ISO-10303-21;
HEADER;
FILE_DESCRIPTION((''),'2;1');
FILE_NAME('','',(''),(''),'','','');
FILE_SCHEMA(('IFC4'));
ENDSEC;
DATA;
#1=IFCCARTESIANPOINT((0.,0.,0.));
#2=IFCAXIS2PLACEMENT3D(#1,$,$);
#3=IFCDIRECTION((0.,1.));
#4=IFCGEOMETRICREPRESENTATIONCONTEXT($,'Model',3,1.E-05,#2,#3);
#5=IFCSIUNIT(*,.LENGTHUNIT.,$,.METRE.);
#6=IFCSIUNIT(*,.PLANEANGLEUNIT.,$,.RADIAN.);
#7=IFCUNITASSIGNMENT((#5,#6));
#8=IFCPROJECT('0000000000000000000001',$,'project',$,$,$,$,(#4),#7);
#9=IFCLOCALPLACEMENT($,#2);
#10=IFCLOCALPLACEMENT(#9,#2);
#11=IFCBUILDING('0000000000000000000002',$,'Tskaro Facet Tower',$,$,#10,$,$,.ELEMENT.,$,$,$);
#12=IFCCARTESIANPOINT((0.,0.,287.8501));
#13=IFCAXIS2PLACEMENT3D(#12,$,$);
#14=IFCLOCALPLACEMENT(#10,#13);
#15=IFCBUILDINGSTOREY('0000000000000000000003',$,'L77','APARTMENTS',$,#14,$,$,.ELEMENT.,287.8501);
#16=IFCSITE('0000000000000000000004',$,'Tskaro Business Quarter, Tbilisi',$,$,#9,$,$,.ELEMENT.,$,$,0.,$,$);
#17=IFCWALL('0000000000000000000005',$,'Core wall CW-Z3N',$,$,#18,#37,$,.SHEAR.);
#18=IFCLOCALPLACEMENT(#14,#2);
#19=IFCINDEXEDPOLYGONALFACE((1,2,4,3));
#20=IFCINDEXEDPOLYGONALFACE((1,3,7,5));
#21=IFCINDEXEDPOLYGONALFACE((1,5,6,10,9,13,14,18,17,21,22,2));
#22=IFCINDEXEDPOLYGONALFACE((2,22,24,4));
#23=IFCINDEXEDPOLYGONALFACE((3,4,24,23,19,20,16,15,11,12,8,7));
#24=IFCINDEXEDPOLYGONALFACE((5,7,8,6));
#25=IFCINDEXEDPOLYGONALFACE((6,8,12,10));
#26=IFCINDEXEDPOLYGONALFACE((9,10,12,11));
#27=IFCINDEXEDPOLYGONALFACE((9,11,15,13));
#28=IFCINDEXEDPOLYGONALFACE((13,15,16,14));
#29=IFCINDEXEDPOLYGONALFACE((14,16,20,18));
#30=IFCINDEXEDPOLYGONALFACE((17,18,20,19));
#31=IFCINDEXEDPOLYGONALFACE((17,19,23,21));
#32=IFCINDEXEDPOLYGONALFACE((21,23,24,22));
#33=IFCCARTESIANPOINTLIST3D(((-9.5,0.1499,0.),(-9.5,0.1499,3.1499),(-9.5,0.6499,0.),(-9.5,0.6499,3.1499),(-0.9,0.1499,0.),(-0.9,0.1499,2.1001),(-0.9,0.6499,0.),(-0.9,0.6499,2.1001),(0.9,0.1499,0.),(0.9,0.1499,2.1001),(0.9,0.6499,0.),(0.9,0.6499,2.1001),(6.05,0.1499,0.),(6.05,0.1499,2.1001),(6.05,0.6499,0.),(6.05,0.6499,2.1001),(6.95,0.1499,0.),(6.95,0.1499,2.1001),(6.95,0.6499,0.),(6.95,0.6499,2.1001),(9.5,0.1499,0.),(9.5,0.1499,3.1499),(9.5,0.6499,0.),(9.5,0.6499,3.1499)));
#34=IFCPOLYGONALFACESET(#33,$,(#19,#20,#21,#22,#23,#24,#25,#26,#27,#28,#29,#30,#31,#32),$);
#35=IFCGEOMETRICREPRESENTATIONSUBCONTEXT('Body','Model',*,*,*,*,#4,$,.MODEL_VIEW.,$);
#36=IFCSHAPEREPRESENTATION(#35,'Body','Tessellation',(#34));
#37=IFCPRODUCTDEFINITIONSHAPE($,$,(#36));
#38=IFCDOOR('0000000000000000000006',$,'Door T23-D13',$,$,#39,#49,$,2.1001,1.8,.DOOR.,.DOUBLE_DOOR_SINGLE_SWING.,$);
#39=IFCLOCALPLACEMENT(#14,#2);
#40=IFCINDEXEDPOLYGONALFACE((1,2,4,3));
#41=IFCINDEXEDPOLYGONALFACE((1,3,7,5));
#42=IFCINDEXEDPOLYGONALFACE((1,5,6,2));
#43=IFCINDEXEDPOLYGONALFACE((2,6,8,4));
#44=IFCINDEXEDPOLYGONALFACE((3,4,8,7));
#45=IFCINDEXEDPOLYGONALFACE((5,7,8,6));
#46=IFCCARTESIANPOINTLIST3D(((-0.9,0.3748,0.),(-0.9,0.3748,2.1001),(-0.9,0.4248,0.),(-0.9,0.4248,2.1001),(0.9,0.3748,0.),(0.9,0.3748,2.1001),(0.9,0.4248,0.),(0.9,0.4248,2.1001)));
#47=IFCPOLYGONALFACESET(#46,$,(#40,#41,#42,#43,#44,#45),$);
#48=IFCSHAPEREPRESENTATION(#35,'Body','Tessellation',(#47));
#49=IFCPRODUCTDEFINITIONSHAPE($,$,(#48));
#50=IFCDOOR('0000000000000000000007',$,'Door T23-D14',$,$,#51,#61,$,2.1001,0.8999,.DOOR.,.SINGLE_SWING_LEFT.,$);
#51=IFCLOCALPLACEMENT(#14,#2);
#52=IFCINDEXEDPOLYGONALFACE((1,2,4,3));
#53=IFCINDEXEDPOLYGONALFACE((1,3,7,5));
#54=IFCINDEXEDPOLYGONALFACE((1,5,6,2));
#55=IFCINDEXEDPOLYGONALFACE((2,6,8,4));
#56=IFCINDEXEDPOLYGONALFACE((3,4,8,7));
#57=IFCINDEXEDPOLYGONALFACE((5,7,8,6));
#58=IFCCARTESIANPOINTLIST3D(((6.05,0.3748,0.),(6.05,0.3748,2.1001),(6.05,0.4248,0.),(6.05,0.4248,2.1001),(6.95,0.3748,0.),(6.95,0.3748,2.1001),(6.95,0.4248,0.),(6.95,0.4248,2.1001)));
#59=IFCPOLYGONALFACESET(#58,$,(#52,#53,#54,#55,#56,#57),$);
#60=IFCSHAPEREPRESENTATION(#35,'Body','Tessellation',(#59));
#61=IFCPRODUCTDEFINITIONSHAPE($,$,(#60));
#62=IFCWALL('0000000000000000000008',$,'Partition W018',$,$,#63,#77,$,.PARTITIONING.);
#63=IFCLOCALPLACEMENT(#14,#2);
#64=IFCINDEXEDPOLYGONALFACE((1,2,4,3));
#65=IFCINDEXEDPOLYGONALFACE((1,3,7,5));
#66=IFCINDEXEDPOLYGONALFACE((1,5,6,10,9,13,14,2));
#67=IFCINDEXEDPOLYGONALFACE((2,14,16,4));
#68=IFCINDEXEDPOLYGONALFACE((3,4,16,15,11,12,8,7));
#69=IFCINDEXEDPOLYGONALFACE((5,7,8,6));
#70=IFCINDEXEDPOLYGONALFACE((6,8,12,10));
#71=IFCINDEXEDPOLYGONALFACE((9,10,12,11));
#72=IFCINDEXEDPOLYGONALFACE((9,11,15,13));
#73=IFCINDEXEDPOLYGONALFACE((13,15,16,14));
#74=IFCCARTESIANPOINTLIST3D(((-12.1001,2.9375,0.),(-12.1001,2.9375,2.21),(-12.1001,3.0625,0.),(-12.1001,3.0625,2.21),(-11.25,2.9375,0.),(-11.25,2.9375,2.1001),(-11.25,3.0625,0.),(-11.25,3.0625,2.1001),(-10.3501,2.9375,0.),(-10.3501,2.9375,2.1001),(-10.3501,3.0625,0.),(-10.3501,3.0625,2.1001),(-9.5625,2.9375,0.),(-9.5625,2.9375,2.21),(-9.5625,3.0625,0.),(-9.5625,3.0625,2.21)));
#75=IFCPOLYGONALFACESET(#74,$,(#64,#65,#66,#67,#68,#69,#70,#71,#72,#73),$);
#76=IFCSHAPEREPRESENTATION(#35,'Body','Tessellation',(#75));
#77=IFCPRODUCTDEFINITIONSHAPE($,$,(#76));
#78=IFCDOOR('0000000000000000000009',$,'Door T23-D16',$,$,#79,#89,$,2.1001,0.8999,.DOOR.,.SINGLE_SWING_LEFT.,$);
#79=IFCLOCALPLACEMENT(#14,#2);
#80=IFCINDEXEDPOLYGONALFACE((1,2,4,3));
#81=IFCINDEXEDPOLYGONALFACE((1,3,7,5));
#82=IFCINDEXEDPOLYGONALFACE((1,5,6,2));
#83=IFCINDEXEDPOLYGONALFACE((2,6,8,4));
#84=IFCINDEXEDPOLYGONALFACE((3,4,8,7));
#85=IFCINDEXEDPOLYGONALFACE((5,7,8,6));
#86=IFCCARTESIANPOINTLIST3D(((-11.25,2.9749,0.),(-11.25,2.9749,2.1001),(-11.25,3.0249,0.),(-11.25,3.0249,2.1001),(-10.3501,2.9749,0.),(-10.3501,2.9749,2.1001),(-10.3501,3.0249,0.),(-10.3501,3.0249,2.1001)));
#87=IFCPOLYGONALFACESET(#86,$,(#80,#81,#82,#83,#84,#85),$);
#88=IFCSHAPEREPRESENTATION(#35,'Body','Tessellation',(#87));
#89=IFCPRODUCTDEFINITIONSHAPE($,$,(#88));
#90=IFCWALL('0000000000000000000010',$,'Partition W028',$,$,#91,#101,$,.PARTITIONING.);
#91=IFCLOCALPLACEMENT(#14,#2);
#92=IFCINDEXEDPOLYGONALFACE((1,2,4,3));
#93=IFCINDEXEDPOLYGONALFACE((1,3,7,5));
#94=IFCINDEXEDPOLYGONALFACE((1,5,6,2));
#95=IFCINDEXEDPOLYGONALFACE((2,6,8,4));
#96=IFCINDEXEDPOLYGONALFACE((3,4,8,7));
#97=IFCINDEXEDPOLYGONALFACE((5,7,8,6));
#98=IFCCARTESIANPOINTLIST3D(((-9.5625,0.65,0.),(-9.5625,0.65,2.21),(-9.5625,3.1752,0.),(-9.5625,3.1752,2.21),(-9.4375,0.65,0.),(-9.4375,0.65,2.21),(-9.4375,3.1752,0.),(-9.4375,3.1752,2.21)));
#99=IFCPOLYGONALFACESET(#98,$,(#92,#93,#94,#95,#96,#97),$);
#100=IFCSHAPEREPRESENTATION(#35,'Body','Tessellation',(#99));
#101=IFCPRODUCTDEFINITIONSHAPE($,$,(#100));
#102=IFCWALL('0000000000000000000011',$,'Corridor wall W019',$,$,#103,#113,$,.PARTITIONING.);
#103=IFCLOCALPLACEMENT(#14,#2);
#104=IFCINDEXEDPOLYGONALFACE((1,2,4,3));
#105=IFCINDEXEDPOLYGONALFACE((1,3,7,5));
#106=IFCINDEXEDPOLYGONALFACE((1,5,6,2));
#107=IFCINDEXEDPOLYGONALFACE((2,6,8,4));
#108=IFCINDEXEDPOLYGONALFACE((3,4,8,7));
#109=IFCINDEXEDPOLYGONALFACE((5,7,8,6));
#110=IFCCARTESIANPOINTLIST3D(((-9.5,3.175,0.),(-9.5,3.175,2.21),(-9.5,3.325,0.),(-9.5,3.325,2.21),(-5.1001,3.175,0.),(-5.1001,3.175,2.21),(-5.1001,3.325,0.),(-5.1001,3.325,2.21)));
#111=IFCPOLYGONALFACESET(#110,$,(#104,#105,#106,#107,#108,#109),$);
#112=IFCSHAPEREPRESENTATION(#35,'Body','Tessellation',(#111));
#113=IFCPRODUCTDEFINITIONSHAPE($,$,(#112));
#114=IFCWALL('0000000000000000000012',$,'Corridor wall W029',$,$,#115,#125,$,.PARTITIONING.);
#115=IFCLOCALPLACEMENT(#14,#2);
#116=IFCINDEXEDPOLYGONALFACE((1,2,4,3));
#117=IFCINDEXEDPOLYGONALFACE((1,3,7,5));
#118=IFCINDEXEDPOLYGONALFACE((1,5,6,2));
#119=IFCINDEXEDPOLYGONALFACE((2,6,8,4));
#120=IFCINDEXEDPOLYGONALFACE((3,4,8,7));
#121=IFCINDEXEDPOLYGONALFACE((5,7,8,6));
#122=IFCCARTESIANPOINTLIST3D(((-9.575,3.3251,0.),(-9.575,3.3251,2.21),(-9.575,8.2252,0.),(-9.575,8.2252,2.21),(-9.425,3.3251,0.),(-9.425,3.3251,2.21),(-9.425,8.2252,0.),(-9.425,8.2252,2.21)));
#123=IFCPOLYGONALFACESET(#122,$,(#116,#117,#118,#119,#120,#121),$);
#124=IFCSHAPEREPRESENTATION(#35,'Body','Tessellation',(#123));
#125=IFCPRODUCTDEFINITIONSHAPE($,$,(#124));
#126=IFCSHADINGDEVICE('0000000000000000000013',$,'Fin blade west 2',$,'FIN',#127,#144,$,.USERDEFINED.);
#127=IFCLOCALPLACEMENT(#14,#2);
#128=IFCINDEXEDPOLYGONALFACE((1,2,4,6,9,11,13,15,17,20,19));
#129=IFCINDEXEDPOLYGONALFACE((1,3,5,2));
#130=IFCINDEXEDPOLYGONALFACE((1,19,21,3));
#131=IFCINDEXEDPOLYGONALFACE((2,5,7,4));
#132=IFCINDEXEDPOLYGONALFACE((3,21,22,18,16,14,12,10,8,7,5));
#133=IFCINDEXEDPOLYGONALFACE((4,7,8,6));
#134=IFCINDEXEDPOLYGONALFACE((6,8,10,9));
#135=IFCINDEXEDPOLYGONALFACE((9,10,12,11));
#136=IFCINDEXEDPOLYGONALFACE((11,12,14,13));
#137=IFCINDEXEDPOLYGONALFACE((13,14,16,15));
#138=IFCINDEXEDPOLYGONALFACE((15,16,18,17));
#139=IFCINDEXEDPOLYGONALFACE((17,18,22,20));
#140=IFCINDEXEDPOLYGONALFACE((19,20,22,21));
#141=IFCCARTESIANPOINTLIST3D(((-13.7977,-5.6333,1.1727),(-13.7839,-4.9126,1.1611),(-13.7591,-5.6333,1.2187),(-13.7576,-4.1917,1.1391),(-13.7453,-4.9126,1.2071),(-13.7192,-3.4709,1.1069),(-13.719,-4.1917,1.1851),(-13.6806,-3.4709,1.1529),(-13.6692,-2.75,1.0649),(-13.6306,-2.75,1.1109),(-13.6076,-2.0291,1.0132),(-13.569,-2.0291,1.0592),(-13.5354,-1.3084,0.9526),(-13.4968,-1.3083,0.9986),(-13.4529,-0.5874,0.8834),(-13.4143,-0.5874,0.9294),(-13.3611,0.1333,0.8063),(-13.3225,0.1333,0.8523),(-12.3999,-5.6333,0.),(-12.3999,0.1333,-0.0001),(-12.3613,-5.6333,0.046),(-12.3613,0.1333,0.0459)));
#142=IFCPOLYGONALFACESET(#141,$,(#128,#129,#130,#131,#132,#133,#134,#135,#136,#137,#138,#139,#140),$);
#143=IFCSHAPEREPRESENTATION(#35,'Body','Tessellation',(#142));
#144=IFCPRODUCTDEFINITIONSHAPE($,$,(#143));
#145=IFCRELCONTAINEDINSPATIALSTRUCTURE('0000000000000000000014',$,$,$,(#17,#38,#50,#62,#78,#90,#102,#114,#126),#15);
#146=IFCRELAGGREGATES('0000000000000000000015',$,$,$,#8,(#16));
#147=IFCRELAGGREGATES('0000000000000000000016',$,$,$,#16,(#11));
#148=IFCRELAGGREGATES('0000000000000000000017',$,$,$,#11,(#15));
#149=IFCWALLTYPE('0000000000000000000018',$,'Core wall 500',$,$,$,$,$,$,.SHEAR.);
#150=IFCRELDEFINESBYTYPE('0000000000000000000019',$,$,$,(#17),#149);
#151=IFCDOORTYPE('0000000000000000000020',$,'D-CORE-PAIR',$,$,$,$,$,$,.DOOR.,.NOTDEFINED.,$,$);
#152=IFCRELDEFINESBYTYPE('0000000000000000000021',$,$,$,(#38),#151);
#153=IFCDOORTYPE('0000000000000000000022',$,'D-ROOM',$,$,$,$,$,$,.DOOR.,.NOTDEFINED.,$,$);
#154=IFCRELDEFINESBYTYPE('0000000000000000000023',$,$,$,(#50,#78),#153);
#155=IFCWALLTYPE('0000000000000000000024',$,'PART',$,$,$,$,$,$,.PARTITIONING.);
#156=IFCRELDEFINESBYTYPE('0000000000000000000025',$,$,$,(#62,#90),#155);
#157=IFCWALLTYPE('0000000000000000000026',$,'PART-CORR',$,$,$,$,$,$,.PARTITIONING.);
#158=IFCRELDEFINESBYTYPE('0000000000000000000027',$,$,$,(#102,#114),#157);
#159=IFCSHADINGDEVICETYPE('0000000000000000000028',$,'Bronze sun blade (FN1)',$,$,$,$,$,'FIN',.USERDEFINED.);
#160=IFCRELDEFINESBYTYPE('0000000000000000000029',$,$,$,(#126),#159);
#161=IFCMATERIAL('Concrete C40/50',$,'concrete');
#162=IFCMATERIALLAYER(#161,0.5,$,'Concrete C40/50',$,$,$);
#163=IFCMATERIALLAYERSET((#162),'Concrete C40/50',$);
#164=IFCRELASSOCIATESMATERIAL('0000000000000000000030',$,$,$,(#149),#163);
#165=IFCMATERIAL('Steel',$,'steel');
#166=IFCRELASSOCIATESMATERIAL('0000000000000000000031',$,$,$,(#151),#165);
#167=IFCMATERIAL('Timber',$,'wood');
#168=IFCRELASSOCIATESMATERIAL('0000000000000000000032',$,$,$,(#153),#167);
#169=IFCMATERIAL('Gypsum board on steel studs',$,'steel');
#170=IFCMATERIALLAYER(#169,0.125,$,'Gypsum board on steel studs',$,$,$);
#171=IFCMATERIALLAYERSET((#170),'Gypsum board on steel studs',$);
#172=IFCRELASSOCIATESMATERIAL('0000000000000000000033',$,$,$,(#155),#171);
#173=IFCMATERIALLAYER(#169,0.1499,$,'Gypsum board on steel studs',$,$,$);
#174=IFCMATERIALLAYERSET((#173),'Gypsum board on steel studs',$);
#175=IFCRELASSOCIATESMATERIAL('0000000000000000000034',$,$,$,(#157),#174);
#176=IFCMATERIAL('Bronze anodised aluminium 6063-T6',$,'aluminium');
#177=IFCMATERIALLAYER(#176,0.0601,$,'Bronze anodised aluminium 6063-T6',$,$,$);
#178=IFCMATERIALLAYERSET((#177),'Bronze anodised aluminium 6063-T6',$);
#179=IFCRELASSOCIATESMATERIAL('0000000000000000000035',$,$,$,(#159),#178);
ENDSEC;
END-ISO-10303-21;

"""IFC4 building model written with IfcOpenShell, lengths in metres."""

from ifc_helpers import new_model, si_unit, direction, frame, frame_2d, origin, place, context, subcontext, project, spatial, polyline, rectangle, outline, extrude, material, layer, layer_set, type_object, element, fill, save


model = new_model("IFC4")

# Units and contexts
model_context = context("Model", 3, precision=1e-05, world=origin(), true_north=direction((0.0, 1.0)))
body_context = subcontext(model_context, "Body", "Model", "MODEL_VIEW")
ifc_project = project(units=[si_unit("LENGTHUNIT", "METRE"), si_unit("PLANEANGLEUNIT", "RADIAN")], contexts=[model_context])

# Site, building, storey
site_placement = place(None, origin())
site = spatial("IfcSite", under=ifc_project, at=site_placement, Name="Tskaro Business Quarter, Tbilisi", CompositionType="ELEMENT", RefElevation=0.0)
building_placement = place(site_placement, origin())
building = spatial("IfcBuilding", under=site, at=building_placement, Name="Tskaro Facet Tower", CompositionType="ELEMENT")
storey_placement = place(building_placement, frame((0.0, 0.0, 287.8501)))
storey = spatial("IfcBuildingStorey", under=building, at=storey_placement, Name="L77", Description="APARTMENTS", CompositionType="ELEMENT", Elevation=287.8501)

# Shared definitions
ifc_material_1 = material(Name="Bronze anodised aluminium 6063-T6", Category="aluminium")

# Wall, openings, doors
ifc_material_2 = material(Name="Concrete C40/50", Category="concrete")
ifc_layer_1 = layer(ifc_material_2, 0.5, Name="Concrete C40/50")
ifc_layer_set_1 = layer_set([ifc_layer_1], Name="Concrete C40/50")
wall_type_1 = type_object("IfcWallType", Name="Core wall 500", PredefinedType="SHEAR", material=ifc_layer_set_1)
wall_1_placement = place(storey_placement, frame((-9.5, 0.3999, 0.0), z_axis=(0.0, 0.0, 1.0), x_axis=(1.0, 0.0, 0.0)))
wall_1 = element("IfcWall", 1, at=wall_1_placement, inside=storey, type_object=wall_type_1, Name="Core wall CW-Z3N", PredefinedType="SHEAR", context=body_context, shape_type="SweptSolid", body=[
    extrude(rectangle(XDim=19.0, YDim=0.5, at=frame_2d((9.5, 0.0))), origin(), (0.0, 0.0, 1.0), 3.1499),
])
opening_1_placement = place(wall_1_placement, frame((8.6001, 0.0, 0.0)))
opening_1 = element("IfcOpeningElement", 2, at=opening_1_placement, cuts=wall_1, PredefinedType="OPENING", context=body_context, shape_type="SweptSolid", body=[
    extrude(rectangle(XDim=1.8, YDim=2.1001, at=frame_2d((0.8999, 1.05))), frame((0.0, 0.26, 0.0), z_axis=(0.0, -1.0, 0.0), x_axis=(1.0, 0.0, 0.0)), (0.0, 0.0, 1.0), 0.52),
])
opening_2_placement = place(wall_1_placement, frame((15.55, 0.0, 0.0)))
opening_2 = element("IfcOpeningElement", 3, at=opening_2_placement, cuts=wall_1, PredefinedType="OPENING", context=body_context, shape_type="SweptSolid", body=[
    extrude(rectangle(XDim=0.8999, YDim=2.1001, at=frame_2d((0.45, 1.05))), frame((0.0, 0.26, 0.0), z_axis=(0.0, -1.0, 0.0), x_axis=(1.0, 0.0, 0.0)), (0.0, 0.0, 1.0), 0.52),
])
ifc_material_3 = material(Name="Steel", Category="steel")
door_type_1 = type_object("IfcDoorType", Name="D-CORE-PAIR", OperationType="NOTDEFINED", PredefinedType="DOOR", material=ifc_material_3)
door_1_placement = place(opening_1_placement, origin())
door_1 = element("IfcDoor", 4, at=door_1_placement, inside=storey, type_object=door_type_1, Name="Door T23-D13", OperationType="DOUBLE_DOOR_SINGLE_SWING", OverallHeight=2.1001, OverallWidth=1.8, PredefinedType="DOOR", context=body_context, shape_type="SweptSolid", body=[
    extrude(rectangle(XDim=1.8, YDim=2.1001, at=frame_2d((0.8999, 1.05))), frame((0.0, 0.0249, 0.0), z_axis=(0.0, -1.0, 0.0), x_axis=(1.0, 0.0, 0.0)), (0.0, 0.0, 1.0), 0.05),
])
fill(opening_1, door_1)
ifc_material_4 = material(Name="Timber", Category="wood")
door_type_2 = type_object("IfcDoorType", Name="D-ROOM", OperationType="NOTDEFINED", PredefinedType="DOOR", material=ifc_material_4)
door_2_placement = place(opening_2_placement, origin())
door_2 = element("IfcDoor", 5, at=door_2_placement, inside=storey, type_object=door_type_2, Name="Door T23-D14", OperationType="SINGLE_SWING_LEFT", OverallHeight=2.1001, OverallWidth=0.8999, PredefinedType="DOOR", context=body_context, shape_type="SweptSolid", body=[
    extrude(rectangle(XDim=0.8999, YDim=2.1001, at=frame_2d((0.45, 1.05))), frame((0.0, 0.0249, 0.0), z_axis=(0.0, -1.0, 0.0), x_axis=(1.0, 0.0, 0.0)), (0.0, 0.0, 1.0), 0.05),
])
fill(opening_2, door_2)

# Wall, opening, door
ifc_material_5 = material(Name="Gypsum board on steel studs", Category="steel")
ifc_layer_2 = layer(ifc_material_5, 0.125, Name="Gypsum board on steel studs")
ifc_layer_set_2 = layer_set([ifc_layer_2], Name="Gypsum board on steel studs")
wall_type_2 = type_object("IfcWallType", Name="PART", PredefinedType="PARTITIONING", material=ifc_layer_set_2)
wall_2_placement = place(storey_placement, frame((-12.1001, 3.0, 0.0), z_axis=(0.0, 0.0, 1.0), x_axis=(1.0, 0.0, 0.0)))
wall_2 = element("IfcWall", 6, at=wall_2_placement, inside=storey, type_object=wall_type_2, Name="Partition W018", PredefinedType="PARTITIONING", context=body_context, shape_type="SweptSolid", body=[
    extrude(rectangle(XDim=2.5376, YDim=0.125, at=frame_2d((1.2688, 0.0))), origin(), (0.0, 0.0, 1.0), 2.21),
])
opening_3_placement = place(wall_2_placement, frame((0.8501, 0.0, 0.0)))
opening_3 = element("IfcOpeningElement", 7, at=opening_3_placement, cuts=wall_2, PredefinedType="OPENING", context=body_context, shape_type="SweptSolid", body=[
    extrude(rectangle(XDim=0.8999, YDim=2.1001, at=frame_2d((0.45, 1.05))), frame((0.0, 0.0725, 0.0), z_axis=(0.0, -1.0, 0.0), x_axis=(1.0, 0.0, 0.0)), (0.0, 0.0, 1.0), 0.145),
])
door_3_placement = place(opening_3_placement, origin())
door_3 = element("IfcDoor", 8, at=door_3_placement, inside=storey, type_object=door_type_2, Name="Door T23-D16", OperationType="SINGLE_SWING_LEFT", OverallHeight=2.1001, OverallWidth=0.8999, PredefinedType="DOOR", context=body_context, shape_type="SweptSolid", body=[
    extrude(rectangle(XDim=0.8999, YDim=2.1001, at=frame_2d((0.45, 1.05))), frame((0.0, 0.0249, 0.0), z_axis=(0.0, -1.0, 0.0), x_axis=(1.0, 0.0, 0.0)), (0.0, 0.0, 1.0), 0.05),
])
fill(opening_3, door_3)

# Walls
wall_3_placement = place(storey_placement, frame((-9.5, 0.6499, 0.0), z_axis=(0.0, 0.0, 1.0), x_axis=(0.0, 1.0, 0.0)))
element("IfcWall", 9, at=wall_3_placement, inside=storey, type_object=wall_type_2, Name="Partition W028", PredefinedType="PARTITIONING", context=body_context, shape_type="SweptSolid", body=[
    extrude(rectangle(XDim=2.5251, YDim=0.125, at=frame_2d((1.2627, 0.0))), origin(), (0.0, 0.0, 1.0), 2.21),
])
ifc_layer_3 = layer(ifc_material_5, 0.1499, Name="Gypsum board on steel studs")
ifc_layer_set_3 = layer_set([ifc_layer_3], Name="Gypsum board on steel studs")
wall_type_3 = type_object("IfcWallType", Name="PART-CORR", PredefinedType="PARTITIONING", material=ifc_layer_set_3)
wall_4_placement = place(storey_placement, frame((-9.5, 3.25, 0.0), z_axis=(0.0, 0.0, 1.0), x_axis=(1.0, 0.0, 0.0)))
element("IfcWall", 10, at=wall_4_placement, inside=storey, type_object=wall_type_3, Name="Corridor wall W019", PredefinedType="PARTITIONING", context=body_context, shape_type="SweptSolid", body=[
    extrude(rectangle(XDim=4.3999, YDim=0.1499, at=frame_2d((2.2, 0.0))), origin(), (0.0, 0.0, 1.0), 2.21),
])
wall_5_placement = place(storey_placement, frame((-9.5, 3.325, 0.0), z_axis=(0.0, 0.0, 1.0), x_axis=(0.0, 1.0, 0.0)))
element("IfcWall", 11, at=wall_5_placement, inside=storey, type_object=wall_type_3, Name="Corridor wall W029", PredefinedType="PARTITIONING", context=body_context, shape_type="SweptSolid", body=[
    extrude(rectangle(XDim=4.9001, YDim=0.1499, at=frame_2d((2.4502, 0.0))), origin(), (0.0, 0.0, 1.0), 2.21),
])

# Shading device
ifc_layer_4 = layer(ifc_material_1, 0.0601, Name="Bronze anodised aluminium 6063-T6")
ifc_layer_set_4 = layer_set([ifc_layer_4], Name="Bronze anodised aluminium 6063-T6")
shading_device_type = type_object("IfcShadingDeviceType", Name="Bronze sun blade (FN1)", ElementType="FIN", PredefinedType="USERDEFINED", material=ifc_layer_set_4)
shading_device_placement = place(storey_placement, frame((-12.3613, 0.1333, 0.0459), z_axis=(0.642744, 0.000015, 0.766081), x_axis=(0.00001, -1.0, 0.000012)))
element("IfcShadingDevice", 12, at=shading_device_placement, inside=storey, type_object=shading_device_type, Name="Fin blade west 2", ObjectType="FIN", PredefinedType="USERDEFINED", context=body_context, shape_type="SweptSolid", body=[
    extrude(outline(polyline([(0.0, 0.0), (5.7666, 0.0), (5.7666, -1.8246), (5.0459, -1.8066), (4.325, -1.7723), (3.6042, -1.7222), (2.8833, -1.6569), (2.1624, -1.5765), (1.4417, -1.4822), (0.7207, -1.3746), (0.0, -1.2546), (0.0, 0.0)])), origin(), (0.0, 0.0, -1.0), 0.0601),
])

save(model, "model.ifc")
